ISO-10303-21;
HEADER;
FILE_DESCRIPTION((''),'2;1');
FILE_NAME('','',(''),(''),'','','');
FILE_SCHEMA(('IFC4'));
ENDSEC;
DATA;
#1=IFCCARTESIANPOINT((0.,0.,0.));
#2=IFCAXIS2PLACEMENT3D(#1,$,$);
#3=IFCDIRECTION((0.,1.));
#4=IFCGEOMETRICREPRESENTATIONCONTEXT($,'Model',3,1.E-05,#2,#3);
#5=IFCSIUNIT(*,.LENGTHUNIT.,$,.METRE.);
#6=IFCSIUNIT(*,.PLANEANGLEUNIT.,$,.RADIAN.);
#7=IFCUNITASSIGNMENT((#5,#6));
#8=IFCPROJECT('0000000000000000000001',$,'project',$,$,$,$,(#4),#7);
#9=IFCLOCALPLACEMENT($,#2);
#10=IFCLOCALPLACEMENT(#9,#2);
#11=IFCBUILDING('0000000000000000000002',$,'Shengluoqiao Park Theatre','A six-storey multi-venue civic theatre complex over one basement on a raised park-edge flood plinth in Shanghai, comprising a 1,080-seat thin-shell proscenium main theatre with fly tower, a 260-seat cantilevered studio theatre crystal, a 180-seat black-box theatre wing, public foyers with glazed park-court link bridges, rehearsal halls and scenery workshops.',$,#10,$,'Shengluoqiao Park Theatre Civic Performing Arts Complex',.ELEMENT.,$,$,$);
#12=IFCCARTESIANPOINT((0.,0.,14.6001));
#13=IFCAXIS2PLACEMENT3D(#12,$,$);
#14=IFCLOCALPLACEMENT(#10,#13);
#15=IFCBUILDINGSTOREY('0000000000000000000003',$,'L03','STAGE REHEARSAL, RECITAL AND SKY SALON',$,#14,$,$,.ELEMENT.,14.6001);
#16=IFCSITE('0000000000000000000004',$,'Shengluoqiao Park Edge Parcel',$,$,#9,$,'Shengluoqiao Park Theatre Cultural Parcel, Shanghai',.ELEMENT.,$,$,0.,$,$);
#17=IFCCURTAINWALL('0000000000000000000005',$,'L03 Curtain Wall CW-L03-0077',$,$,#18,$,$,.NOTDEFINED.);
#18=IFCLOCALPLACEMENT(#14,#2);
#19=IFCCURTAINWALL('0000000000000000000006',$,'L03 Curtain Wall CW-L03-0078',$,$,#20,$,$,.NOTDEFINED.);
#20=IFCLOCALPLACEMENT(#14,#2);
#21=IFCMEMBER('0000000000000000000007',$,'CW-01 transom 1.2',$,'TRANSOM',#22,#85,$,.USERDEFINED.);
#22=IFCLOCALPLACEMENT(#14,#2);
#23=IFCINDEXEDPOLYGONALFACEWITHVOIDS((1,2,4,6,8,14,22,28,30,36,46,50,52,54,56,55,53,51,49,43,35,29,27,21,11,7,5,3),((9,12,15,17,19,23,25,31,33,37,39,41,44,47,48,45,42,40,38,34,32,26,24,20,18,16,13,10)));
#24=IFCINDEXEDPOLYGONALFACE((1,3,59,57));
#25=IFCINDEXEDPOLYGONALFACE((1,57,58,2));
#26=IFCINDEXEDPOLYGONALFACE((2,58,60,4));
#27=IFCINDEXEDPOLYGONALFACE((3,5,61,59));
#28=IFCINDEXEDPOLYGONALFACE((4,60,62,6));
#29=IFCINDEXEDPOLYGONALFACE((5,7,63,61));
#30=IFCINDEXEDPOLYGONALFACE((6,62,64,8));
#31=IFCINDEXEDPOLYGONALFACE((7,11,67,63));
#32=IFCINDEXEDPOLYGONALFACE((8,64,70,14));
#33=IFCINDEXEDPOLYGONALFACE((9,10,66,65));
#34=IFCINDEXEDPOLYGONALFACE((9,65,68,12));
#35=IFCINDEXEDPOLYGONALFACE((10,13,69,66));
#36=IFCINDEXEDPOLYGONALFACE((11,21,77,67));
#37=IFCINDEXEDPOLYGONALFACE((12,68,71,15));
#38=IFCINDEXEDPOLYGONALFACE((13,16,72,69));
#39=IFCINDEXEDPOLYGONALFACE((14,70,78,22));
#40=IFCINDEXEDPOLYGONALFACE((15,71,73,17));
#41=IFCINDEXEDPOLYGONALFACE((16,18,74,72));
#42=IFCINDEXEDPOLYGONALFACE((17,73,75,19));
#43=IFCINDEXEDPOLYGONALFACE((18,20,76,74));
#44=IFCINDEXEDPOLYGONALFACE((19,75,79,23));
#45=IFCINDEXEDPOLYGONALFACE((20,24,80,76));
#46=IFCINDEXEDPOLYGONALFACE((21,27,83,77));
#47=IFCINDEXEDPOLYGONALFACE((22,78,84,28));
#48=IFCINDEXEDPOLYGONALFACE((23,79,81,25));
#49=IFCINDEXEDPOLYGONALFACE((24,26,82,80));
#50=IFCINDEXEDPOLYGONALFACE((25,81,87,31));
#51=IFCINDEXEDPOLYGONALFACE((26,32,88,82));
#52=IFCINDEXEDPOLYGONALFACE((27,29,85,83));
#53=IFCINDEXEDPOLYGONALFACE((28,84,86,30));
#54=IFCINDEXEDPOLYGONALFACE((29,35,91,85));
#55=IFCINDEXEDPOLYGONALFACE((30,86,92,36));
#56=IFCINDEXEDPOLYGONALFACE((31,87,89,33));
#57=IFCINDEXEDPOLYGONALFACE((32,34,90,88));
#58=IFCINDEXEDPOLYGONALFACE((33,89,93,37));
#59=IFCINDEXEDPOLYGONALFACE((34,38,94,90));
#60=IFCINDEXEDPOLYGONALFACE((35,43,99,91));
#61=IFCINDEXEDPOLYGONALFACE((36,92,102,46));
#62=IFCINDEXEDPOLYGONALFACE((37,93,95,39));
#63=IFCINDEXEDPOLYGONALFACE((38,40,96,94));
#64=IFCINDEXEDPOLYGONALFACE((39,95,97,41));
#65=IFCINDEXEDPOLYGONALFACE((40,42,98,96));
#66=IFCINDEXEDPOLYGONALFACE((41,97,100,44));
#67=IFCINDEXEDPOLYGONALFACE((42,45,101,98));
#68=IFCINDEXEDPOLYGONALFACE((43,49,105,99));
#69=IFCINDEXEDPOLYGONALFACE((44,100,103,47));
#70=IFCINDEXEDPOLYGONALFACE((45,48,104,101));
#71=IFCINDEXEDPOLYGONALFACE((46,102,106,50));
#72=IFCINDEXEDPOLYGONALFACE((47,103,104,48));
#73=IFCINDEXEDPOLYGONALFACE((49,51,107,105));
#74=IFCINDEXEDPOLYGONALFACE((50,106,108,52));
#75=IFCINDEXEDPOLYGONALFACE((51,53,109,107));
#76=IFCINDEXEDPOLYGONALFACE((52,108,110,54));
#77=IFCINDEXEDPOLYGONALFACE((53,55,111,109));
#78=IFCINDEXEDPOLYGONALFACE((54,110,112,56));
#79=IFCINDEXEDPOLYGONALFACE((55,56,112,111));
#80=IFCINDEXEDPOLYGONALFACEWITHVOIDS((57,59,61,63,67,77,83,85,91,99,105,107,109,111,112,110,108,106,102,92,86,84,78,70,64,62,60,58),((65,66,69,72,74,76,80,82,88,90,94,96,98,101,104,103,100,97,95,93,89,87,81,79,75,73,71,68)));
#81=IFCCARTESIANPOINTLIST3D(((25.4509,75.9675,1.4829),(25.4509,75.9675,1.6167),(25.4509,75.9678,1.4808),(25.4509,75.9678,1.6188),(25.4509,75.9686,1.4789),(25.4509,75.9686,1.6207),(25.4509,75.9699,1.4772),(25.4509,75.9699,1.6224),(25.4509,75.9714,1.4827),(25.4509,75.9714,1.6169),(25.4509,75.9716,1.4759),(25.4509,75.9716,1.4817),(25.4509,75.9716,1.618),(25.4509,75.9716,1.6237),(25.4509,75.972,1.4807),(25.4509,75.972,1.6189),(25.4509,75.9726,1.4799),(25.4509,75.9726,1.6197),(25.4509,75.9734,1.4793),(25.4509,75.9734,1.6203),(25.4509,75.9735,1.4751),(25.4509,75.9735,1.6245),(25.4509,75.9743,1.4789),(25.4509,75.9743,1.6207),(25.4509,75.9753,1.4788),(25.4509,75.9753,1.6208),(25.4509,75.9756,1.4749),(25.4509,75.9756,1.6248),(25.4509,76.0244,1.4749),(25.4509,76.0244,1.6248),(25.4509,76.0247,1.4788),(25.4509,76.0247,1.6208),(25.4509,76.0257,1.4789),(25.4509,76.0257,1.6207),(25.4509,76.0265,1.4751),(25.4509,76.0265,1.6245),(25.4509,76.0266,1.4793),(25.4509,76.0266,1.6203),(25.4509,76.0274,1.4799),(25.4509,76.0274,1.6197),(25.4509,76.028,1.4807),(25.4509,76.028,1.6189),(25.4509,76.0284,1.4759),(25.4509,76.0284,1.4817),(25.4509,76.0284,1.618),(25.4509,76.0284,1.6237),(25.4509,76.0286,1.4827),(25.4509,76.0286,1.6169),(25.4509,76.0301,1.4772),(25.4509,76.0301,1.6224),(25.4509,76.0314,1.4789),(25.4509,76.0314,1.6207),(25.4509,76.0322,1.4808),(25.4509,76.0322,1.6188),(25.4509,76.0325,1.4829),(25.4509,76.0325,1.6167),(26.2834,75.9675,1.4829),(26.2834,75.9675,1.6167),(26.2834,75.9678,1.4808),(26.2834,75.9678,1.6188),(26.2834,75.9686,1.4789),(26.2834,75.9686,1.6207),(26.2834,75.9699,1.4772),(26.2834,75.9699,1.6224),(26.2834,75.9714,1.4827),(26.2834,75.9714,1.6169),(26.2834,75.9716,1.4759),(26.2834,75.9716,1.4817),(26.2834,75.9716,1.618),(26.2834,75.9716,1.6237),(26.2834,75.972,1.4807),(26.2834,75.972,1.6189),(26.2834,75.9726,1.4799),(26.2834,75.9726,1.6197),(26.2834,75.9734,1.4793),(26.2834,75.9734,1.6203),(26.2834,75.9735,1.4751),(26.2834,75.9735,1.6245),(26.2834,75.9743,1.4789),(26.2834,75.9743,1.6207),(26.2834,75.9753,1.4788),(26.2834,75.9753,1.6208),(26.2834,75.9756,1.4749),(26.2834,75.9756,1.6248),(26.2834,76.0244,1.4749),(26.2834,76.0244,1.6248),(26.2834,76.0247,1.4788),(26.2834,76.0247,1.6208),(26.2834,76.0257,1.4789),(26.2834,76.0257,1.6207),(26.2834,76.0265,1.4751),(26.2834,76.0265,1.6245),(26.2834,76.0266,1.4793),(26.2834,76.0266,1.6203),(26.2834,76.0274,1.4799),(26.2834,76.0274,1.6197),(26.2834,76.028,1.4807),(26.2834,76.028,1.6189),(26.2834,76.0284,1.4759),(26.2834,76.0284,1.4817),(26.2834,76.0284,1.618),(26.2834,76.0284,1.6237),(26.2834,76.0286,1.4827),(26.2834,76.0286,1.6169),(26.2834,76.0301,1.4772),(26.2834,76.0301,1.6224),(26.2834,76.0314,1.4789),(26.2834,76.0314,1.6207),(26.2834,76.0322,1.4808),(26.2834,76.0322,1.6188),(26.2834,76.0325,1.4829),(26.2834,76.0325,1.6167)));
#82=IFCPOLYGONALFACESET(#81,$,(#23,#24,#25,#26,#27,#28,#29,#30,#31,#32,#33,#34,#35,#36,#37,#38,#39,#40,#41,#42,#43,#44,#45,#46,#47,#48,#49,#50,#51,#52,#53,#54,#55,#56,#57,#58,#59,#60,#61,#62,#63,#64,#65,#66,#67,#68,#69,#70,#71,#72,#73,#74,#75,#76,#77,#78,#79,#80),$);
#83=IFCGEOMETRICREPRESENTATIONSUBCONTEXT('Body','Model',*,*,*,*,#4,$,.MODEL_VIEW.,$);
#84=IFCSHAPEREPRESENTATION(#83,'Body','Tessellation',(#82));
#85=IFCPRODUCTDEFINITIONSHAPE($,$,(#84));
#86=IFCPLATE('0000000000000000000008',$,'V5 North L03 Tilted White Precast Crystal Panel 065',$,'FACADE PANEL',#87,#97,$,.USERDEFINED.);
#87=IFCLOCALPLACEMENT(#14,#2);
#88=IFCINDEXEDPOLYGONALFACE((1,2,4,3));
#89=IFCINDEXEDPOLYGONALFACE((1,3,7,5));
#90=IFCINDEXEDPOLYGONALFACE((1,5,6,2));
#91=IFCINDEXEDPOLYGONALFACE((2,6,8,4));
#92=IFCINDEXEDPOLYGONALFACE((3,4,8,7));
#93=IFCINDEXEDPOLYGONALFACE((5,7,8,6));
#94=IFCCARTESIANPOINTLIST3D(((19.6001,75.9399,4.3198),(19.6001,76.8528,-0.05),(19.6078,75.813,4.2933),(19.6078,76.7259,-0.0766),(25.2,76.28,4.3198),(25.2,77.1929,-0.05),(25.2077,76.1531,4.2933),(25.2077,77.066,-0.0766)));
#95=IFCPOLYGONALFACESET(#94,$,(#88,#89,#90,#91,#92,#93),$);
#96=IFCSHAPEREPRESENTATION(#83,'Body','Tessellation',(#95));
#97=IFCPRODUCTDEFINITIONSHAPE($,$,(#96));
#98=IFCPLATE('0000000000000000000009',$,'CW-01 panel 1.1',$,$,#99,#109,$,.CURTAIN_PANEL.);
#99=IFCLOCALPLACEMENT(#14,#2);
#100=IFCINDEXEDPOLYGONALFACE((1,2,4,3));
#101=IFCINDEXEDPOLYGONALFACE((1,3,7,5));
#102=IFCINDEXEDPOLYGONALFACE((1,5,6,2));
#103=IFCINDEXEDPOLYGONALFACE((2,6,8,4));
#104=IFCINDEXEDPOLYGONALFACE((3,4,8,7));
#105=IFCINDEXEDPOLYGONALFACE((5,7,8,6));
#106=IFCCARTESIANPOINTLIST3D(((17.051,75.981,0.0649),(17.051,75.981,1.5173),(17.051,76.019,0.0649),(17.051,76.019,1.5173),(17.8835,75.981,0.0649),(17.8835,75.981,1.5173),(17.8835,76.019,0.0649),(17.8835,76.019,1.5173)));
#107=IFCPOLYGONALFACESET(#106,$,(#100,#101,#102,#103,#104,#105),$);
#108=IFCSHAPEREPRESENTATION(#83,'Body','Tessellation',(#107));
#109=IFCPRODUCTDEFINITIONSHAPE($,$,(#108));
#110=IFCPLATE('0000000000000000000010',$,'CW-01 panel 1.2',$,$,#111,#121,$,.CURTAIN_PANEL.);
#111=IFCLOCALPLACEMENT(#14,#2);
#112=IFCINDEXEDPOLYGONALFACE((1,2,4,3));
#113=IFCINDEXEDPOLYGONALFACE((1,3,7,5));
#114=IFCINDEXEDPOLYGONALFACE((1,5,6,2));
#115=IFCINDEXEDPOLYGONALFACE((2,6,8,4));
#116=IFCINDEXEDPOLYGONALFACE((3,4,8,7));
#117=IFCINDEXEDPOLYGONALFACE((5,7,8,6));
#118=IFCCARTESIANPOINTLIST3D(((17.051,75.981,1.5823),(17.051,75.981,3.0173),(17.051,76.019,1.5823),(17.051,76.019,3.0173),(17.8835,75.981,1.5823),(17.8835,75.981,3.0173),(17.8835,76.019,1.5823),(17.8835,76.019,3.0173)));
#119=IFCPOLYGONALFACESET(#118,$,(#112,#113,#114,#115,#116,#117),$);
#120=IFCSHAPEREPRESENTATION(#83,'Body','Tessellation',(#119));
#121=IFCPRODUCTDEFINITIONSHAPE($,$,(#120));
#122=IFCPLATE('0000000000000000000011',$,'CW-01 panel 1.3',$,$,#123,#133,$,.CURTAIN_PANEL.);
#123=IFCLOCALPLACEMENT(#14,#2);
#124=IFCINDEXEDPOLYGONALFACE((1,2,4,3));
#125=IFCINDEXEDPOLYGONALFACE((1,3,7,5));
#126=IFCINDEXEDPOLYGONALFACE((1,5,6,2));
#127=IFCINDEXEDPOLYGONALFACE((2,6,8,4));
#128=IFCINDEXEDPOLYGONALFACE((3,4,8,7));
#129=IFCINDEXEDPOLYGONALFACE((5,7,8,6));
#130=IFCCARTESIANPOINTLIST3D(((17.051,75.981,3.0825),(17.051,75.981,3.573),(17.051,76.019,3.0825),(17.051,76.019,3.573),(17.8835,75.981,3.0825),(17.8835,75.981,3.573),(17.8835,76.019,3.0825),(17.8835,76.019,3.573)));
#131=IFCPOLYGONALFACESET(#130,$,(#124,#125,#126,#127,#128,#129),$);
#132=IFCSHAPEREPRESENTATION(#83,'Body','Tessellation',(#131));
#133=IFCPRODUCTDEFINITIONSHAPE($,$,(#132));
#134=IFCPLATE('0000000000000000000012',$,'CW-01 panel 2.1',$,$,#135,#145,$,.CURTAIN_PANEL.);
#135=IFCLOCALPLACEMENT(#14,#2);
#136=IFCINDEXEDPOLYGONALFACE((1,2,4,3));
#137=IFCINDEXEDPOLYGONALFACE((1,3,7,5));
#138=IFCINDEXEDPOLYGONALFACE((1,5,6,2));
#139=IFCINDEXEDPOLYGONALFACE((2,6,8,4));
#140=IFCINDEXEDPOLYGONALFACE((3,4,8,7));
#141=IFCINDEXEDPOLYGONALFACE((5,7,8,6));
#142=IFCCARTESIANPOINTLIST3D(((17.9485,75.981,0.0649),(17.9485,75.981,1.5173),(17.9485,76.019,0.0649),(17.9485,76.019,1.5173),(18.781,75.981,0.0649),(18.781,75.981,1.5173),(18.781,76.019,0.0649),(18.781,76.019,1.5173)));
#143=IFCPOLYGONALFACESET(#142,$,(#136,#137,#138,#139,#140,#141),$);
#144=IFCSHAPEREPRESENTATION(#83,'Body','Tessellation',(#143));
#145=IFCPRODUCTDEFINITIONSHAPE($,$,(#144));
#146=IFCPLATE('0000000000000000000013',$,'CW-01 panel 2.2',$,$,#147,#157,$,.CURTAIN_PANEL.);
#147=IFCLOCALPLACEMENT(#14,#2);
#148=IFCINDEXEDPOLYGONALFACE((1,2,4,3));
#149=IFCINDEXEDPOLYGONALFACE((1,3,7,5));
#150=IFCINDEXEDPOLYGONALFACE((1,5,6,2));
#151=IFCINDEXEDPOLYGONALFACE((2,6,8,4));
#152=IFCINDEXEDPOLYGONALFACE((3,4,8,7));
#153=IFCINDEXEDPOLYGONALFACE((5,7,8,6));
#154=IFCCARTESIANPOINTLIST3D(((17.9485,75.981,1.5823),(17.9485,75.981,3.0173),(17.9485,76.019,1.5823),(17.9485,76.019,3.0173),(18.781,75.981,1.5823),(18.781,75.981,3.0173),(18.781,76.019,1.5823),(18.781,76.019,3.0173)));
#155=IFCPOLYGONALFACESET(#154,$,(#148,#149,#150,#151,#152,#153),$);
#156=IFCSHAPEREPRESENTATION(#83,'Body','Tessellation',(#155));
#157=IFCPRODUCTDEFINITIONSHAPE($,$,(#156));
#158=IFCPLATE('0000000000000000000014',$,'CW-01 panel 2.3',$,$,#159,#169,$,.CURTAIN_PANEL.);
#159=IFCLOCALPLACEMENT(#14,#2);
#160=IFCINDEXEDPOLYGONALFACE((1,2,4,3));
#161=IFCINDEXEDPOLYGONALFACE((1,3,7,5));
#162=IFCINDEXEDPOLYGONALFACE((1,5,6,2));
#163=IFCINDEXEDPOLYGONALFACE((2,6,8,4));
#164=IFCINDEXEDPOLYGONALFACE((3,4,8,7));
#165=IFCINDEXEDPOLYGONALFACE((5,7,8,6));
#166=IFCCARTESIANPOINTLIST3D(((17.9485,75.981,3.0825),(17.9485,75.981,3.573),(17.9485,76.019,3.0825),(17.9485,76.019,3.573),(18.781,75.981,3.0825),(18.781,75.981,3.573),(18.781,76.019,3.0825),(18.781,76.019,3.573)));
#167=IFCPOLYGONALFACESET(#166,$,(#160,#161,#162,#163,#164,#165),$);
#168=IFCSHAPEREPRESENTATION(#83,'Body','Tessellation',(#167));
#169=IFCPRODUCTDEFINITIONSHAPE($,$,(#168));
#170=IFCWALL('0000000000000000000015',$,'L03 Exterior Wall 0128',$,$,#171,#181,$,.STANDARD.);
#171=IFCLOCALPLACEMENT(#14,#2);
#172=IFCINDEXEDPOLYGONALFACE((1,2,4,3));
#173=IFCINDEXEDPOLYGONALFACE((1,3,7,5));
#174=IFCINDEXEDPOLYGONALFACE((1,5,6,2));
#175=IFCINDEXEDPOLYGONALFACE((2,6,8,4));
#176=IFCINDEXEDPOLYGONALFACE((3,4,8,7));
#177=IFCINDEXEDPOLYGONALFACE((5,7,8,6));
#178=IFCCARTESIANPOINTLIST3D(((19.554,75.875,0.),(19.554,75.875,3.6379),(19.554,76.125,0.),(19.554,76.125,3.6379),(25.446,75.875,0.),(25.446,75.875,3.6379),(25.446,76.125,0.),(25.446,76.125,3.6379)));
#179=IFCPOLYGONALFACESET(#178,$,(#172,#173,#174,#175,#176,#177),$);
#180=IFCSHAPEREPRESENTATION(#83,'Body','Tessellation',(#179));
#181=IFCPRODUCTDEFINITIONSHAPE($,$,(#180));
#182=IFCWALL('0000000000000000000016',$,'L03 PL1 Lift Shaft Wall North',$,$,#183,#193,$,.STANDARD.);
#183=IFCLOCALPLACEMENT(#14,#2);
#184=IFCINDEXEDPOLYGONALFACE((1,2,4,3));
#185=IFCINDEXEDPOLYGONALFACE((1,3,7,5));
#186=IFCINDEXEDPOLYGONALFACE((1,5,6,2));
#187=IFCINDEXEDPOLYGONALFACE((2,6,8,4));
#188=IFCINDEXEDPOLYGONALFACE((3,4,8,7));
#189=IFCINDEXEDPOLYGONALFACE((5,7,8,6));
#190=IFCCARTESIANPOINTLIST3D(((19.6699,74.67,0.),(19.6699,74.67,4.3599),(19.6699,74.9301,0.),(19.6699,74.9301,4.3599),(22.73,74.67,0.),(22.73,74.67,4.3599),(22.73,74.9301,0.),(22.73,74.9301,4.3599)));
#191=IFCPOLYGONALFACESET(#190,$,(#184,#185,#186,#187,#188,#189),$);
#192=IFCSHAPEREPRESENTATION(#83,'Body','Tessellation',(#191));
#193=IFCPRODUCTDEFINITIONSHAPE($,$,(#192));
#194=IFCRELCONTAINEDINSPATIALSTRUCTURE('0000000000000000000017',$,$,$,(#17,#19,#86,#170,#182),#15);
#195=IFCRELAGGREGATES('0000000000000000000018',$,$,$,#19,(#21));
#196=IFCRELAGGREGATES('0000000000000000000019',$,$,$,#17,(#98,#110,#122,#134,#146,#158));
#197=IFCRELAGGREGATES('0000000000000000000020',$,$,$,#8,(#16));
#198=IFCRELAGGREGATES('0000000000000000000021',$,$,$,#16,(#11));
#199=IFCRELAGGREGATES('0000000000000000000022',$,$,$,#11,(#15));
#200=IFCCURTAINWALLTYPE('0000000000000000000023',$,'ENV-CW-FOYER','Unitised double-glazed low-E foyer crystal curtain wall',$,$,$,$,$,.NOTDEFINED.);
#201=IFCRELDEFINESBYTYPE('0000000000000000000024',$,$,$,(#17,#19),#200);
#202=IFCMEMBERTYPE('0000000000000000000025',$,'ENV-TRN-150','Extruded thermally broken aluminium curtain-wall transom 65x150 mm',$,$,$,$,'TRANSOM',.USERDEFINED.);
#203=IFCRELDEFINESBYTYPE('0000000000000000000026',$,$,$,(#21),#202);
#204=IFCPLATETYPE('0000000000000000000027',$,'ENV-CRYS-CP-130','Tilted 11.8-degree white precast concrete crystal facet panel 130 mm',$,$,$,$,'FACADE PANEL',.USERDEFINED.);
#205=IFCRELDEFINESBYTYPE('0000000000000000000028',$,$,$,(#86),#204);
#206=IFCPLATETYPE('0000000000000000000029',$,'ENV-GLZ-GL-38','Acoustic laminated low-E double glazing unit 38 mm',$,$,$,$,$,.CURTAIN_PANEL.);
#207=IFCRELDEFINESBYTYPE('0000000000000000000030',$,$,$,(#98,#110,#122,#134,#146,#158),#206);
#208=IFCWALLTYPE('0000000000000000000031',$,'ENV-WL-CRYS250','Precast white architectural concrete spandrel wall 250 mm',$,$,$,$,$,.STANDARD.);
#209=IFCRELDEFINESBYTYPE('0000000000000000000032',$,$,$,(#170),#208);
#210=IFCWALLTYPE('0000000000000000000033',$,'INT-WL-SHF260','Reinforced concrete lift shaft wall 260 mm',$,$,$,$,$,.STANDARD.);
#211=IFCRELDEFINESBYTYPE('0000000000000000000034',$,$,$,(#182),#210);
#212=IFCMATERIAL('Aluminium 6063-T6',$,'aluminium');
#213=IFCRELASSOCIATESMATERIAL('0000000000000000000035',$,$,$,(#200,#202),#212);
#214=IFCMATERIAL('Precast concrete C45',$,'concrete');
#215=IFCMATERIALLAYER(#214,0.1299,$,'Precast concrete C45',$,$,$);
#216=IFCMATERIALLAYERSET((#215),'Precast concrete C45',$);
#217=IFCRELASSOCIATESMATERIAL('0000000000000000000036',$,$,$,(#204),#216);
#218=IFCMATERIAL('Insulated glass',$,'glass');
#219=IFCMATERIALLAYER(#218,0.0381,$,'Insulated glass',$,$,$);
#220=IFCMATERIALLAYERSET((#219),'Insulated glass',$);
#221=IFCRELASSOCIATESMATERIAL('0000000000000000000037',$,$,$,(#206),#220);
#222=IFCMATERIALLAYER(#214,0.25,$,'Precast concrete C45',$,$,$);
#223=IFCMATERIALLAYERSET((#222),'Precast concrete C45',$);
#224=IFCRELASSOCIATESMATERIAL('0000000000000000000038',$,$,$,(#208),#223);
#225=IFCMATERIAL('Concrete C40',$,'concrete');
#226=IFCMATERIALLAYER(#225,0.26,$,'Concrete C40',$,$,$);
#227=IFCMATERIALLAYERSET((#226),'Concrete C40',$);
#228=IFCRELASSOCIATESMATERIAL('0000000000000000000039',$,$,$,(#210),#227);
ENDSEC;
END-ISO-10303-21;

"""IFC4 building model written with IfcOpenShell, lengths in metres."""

from ifc_helpers import new_model, si_unit, direction, frame, frame_2d, origin, origin_2d, place, context, subcontext, project, spatial, polyline, rectangle, hollow_rectangle, outline, extrude, material, layer, layer_set, material_profile, profile_set, type_object, element, aggregate, save


model = new_model("IFC4")

# Units and contexts
model_context = context("Model", 3, precision=1e-05, world=origin(), true_north=direction((0.0, 1.0)))
body_context = subcontext(model_context, "Body", "Model", "MODEL_VIEW")
ifc_project = project(units=[si_unit("LENGTHUNIT", "METRE"), si_unit("PLANEANGLEUNIT", "RADIAN")], contexts=[model_context])

# Site, building, storey
site_placement = place(None, origin())
site = spatial("IfcSite", under=ifc_project, at=site_placement, Name="Shengluoqiao Park Edge Parcel", LongName="Shengluoqiao Park Theatre Cultural Parcel, Shanghai", CompositionType="ELEMENT", RefElevation=0.0)
building_placement = place(site_placement, origin())
building = spatial("IfcBuilding", under=site, at=building_placement, Name="Shengluoqiao Park Theatre", Description="A six-storey multi-venue civic theatre complex over one basement on a raised park-edge flood plinth in Shanghai, comprising a 1,080-seat thin-shell proscenium main theatre with fly tower, a 260-seat cantilevered studio theatre crystal, a 180-seat black-box theatre wing, public foyers with glazed park-court link bridges, rehearsal halls and scenery workshops.", LongName="Shengluoqiao Park Theatre Civic Performing Arts Complex", CompositionType="ELEMENT")
storey_placement = place(building_placement, frame((0.0, 0.0, 14.6001)))
storey = spatial("IfcBuildingStorey", under=building, at=storey_placement, Name="L03", Description="STAGE REHEARSAL, RECITAL AND SKY SALON", CompositionType="ELEMENT", Elevation=14.6001)

# Curtain wall
ifc_material_1 = material(Name="Aluminium 6063-T6", Category="aluminium")
curtain_wall_type = type_object("IfcCurtainWallType", Name="ENV-CW-FOYER", Description="Unitised double-glazed low-E foyer crystal curtain wall", PredefinedType="NOTDEFINED", material=ifc_material_1)
curtain_wall_1_placement = place(storey_placement, origin())
curtain_wall_1 = element("IfcCurtainWall", 1, at=curtain_wall_1_placement, inside=storey, type_object=curtain_wall_type, Name="L03 Curtain Wall CW-L03-0077", PredefinedType="NOTDEFINED")

# Curtain wall
curtain_wall_2_placement = place(storey_placement, origin())
curtain_wall_2 = element("IfcCurtainWall", 2, at=curtain_wall_2_placement, inside=storey, type_object=curtain_wall_type, Name="L03 Curtain Wall CW-L03-0078", PredefinedType="NOTDEFINED")

# Member
ifc_material_profile_1 = material_profile(ifc_material_1, hollow_rectangle(XDim=0.0649, YDim=0.1499, WallThickness=0.0039, InnerFilletRadius=0.0039, OuterFilletRadius=0.0081, at=origin_2d()), Name="ALU TRANSOM 150x65x4")
ifc_profile_set_1 = profile_set([ifc_material_profile_1], Name="Aluminium 6063-T6")
member_type_1 = type_object("IfcMemberType", Name="ENV-TRN-150", Description="Extruded thermally broken aluminium curtain-wall transom 65x150 mm", ElementType="TRANSOM", PredefinedType="USERDEFINED", material=ifc_profile_set_1)
member_1_placement = place(storey_placement, frame((25.4509, 76.0, 1.5498), z_axis=(1.0, 0.0, 0.0), x_axis=(0.0, 1.0, 0.0)))
member_1 = element("IfcMember", 3, at=member_1_placement, type_object=member_type_1, Name="CW-01 transom 1.2", ObjectType="TRANSOM", PredefinedType="USERDEFINED", context=body_context, shape_type="SweptSolid", body=[
    extrude(hollow_rectangle(XDim=0.0649, YDim=0.1499, WallThickness=0.0039, InnerFilletRadius=0.0039, OuterFilletRadius=0.0081, at=origin_2d()), origin(), (0.0, 0.0, 1.0), 0.8325),
])
aggregate(curtain_wall_2, [member_1])

# Plates
ifc_material_2 = material(Name="Precast concrete C45", Category="concrete")
ifc_layer_1 = layer(ifc_material_2, 0.1299, Name="Precast concrete C45")
ifc_layer_set_1 = layer_set([ifc_layer_1], Name="Precast concrete C45")
plate_type_1 = type_object("IfcPlateType", Name="ENV-CRYS-CP-130", Description="Tilted 11.8-degree white precast concrete crystal facet panel 130 mm", ElementType="FACADE PANEL", PredefinedType="USERDEFINED", material=ifc_layer_set_1)
plate_1_placement = place(storey_placement, frame((19.6001, 76.8528, -0.05), z_axis=(-0.059344, 0.977145, 0.20412), x_axis=(0.998161, 0.06062, 0.0)))
element("IfcPlate", 4, at=plate_1_placement, inside=storey, type_object=plate_type_1, Name="V5 North L03 Tilted White Precast Crystal Panel 065", ObjectType="FACADE PANEL", PredefinedType="USERDEFINED", context=body_context, shape_type="SweptSolid", body=[
    extrude(outline(polyline([(0.0, 0.0), (5.6102, 0.0), (5.5548, -4.4639), (-0.0553, -4.4639), (0.0, 0.0)])), origin(), (0.0, 0.0, -1.0), 0.1299),
])
ifc_material_3 = material(Name="Insulated glass", Category="glass")
ifc_layer_2 = layer(ifc_material_3, 0.0381, Name="Insulated glass")
ifc_layer_set_2 = layer_set([ifc_layer_2], Name="Insulated glass")
plate_type_2 = type_object("IfcPlateType", Name="ENV-GLZ-GL-38", Description="Acoustic laminated low-E double glazing unit 38 mm", PredefinedType="CURTAIN_PANEL", material=ifc_layer_set_2)
plate_2_placement = place(storey_placement, frame((17.4673, 76.0, 0.0649), z_axis=(0.0, 0.0, 1.0), x_axis=(1.0, 0.0, 0.0)))
plate_2 = element("IfcPlate", 5, at=plate_2_placement, type_object=plate_type_2, Name="CW-01 panel 1.1", PredefinedType="CURTAIN_PANEL", context=body_context, shape_type="SweptSolid", body=[
    extrude(rectangle(XDim=0.8325, YDim=0.0381, at=origin_2d()), origin(), (0.0, 0.0, 1.0), 1.4524),
])
plate_3_placement = place(storey_placement, frame((17.4673, 76.0, 1.5823), z_axis=(0.0, 0.0, 1.0), x_axis=(1.0, 0.0, 0.0)))
plate_3 = element("IfcPlate", 6, at=plate_3_placement, type_object=plate_type_2, Name="CW-01 panel 1.2", PredefinedType="CURTAIN_PANEL", context=body_context, shape_type="SweptSolid", body=[
    extrude(rectangle(XDim=0.8325, YDim=0.0381, at=origin_2d()), origin(), (0.0, 0.0, 1.0), 1.4351),
])
plate_4_placement = place(storey_placement, frame((17.4673, 76.0, 3.0825), z_axis=(0.0, 0.0, 1.0), x_axis=(1.0, 0.0, 0.0)))
plate_4 = element("IfcPlate", 7, at=plate_4_placement, type_object=plate_type_2, Name="CW-01 panel 1.3", PredefinedType="CURTAIN_PANEL", context=body_context, shape_type="SweptSolid", body=[
    extrude(rectangle(XDim=0.8325, YDim=0.0381, at=origin_2d()), origin(), (0.0, 0.0, 1.0), 0.4905),
])
plate_5_placement = place(storey_placement, frame((18.3647, 76.0, 0.0649), z_axis=(0.0, 0.0, 1.0), x_axis=(1.0, 0.0, 0.0)))
plate_5 = element("IfcPlate", 8, at=plate_5_placement, type_object=plate_type_2, Name="CW-01 panel 2.1", PredefinedType="CURTAIN_PANEL", context=body_context, shape_type="SweptSolid", body=[
    extrude(rectangle(XDim=0.8325, YDim=0.0381, at=origin_2d()), origin(), (0.0, 0.0, 1.0), 1.4524),
])
plate_6_placement = place(storey_placement, frame((18.3647, 76.0, 1.5823), z_axis=(0.0, 0.0, 1.0), x_axis=(1.0, 0.0, 0.0)))
plate_6 = element("IfcPlate", 9, at=plate_6_placement, type_object=plate_type_2, Name="CW-01 panel 2.2", PredefinedType="CURTAIN_PANEL", context=body_context, shape_type="SweptSolid", body=[
    extrude(rectangle(XDim=0.8325, YDim=0.0381, at=origin_2d()), origin(), (0.0, 0.0, 1.0), 1.4351),
])
plate_7_placement = place(storey_placement, frame((18.3647, 76.0, 3.0825), z_axis=(0.0, 0.0, 1.0), x_axis=(1.0, 0.0, 0.0)))
plate_7 = element("IfcPlate", 10, at=plate_7_placement, type_object=plate_type_2, Name="CW-01 panel 2.3", PredefinedType="CURTAIN_PANEL", context=body_context, shape_type="SweptSolid", body=[
    extrude(rectangle(XDim=0.8325, YDim=0.0381, at=origin_2d()), origin(), (0.0, 0.0, 1.0), 0.4905),
])
aggregate(curtain_wall_1, [plate_2, plate_3, plate_4, plate_5, plate_6, plate_7])

# Wall
ifc_layer_3 = layer(ifc_material_2, 0.25, Name="Precast concrete C45")
ifc_layer_set_3 = layer_set([ifc_layer_3], Name="Precast concrete C45")
wall_type_1 = type_object("IfcWallType", Name="ENV-WL-CRYS250", Description="Precast white architectural concrete spandrel wall 250 mm", PredefinedType="STANDARD", material=ifc_layer_set_3)
wall_1_placement = place(storey_placement, frame((19.554, 76.0, 0.0), z_axis=(0.0, 0.0, 1.0), x_axis=(1.0, 0.0, 0.0)))
element("IfcWall", 11, at=wall_1_placement, inside=storey, type_object=wall_type_1, Name="L03 Exterior Wall 0128", PredefinedType="STANDARD", context=body_context, shape_type="SweptSolid", body=[
    extrude(rectangle(XDim=5.8921, YDim=0.25, at=frame_2d((2.946, 0.0))), origin(), (0.0, 0.0, 1.0), 3.6379),
])

# Shared definitions
ifc_material_4 = material(Name="Concrete C40", Category="concrete")
ifc_layer_4 = layer(ifc_material_4, 0.26, Name="Concrete C40")
ifc_layer_set_4 = layer_set([ifc_layer_4], Name="Concrete C40")
wall_type_2 = type_object("IfcWallType", Name="INT-WL-SHF260", Description="Reinforced concrete lift shaft wall 260 mm", PredefinedType="STANDARD", material=ifc_layer_set_4)

# Wall
wall_2_placement = place(storey_placement, frame((19.6699, 74.8, 0.0), z_axis=(0.0, 0.0, 1.0), x_axis=(1.0, 0.0, 0.0)))
element("IfcWall", 12, at=wall_2_placement, inside=storey, type_object=wall_type_2, Name="L03 PL1 Lift Shaft Wall North", PredefinedType="STANDARD", context=body_context, shape_type="SweptSolid", body=[
    extrude(rectangle(XDim=3.0601, YDim=0.26, at=frame_2d((1.53, 0.0))), origin(), (0.0, 0.0, 1.0), 4.3599),
])

save(model, "model.ifc")
